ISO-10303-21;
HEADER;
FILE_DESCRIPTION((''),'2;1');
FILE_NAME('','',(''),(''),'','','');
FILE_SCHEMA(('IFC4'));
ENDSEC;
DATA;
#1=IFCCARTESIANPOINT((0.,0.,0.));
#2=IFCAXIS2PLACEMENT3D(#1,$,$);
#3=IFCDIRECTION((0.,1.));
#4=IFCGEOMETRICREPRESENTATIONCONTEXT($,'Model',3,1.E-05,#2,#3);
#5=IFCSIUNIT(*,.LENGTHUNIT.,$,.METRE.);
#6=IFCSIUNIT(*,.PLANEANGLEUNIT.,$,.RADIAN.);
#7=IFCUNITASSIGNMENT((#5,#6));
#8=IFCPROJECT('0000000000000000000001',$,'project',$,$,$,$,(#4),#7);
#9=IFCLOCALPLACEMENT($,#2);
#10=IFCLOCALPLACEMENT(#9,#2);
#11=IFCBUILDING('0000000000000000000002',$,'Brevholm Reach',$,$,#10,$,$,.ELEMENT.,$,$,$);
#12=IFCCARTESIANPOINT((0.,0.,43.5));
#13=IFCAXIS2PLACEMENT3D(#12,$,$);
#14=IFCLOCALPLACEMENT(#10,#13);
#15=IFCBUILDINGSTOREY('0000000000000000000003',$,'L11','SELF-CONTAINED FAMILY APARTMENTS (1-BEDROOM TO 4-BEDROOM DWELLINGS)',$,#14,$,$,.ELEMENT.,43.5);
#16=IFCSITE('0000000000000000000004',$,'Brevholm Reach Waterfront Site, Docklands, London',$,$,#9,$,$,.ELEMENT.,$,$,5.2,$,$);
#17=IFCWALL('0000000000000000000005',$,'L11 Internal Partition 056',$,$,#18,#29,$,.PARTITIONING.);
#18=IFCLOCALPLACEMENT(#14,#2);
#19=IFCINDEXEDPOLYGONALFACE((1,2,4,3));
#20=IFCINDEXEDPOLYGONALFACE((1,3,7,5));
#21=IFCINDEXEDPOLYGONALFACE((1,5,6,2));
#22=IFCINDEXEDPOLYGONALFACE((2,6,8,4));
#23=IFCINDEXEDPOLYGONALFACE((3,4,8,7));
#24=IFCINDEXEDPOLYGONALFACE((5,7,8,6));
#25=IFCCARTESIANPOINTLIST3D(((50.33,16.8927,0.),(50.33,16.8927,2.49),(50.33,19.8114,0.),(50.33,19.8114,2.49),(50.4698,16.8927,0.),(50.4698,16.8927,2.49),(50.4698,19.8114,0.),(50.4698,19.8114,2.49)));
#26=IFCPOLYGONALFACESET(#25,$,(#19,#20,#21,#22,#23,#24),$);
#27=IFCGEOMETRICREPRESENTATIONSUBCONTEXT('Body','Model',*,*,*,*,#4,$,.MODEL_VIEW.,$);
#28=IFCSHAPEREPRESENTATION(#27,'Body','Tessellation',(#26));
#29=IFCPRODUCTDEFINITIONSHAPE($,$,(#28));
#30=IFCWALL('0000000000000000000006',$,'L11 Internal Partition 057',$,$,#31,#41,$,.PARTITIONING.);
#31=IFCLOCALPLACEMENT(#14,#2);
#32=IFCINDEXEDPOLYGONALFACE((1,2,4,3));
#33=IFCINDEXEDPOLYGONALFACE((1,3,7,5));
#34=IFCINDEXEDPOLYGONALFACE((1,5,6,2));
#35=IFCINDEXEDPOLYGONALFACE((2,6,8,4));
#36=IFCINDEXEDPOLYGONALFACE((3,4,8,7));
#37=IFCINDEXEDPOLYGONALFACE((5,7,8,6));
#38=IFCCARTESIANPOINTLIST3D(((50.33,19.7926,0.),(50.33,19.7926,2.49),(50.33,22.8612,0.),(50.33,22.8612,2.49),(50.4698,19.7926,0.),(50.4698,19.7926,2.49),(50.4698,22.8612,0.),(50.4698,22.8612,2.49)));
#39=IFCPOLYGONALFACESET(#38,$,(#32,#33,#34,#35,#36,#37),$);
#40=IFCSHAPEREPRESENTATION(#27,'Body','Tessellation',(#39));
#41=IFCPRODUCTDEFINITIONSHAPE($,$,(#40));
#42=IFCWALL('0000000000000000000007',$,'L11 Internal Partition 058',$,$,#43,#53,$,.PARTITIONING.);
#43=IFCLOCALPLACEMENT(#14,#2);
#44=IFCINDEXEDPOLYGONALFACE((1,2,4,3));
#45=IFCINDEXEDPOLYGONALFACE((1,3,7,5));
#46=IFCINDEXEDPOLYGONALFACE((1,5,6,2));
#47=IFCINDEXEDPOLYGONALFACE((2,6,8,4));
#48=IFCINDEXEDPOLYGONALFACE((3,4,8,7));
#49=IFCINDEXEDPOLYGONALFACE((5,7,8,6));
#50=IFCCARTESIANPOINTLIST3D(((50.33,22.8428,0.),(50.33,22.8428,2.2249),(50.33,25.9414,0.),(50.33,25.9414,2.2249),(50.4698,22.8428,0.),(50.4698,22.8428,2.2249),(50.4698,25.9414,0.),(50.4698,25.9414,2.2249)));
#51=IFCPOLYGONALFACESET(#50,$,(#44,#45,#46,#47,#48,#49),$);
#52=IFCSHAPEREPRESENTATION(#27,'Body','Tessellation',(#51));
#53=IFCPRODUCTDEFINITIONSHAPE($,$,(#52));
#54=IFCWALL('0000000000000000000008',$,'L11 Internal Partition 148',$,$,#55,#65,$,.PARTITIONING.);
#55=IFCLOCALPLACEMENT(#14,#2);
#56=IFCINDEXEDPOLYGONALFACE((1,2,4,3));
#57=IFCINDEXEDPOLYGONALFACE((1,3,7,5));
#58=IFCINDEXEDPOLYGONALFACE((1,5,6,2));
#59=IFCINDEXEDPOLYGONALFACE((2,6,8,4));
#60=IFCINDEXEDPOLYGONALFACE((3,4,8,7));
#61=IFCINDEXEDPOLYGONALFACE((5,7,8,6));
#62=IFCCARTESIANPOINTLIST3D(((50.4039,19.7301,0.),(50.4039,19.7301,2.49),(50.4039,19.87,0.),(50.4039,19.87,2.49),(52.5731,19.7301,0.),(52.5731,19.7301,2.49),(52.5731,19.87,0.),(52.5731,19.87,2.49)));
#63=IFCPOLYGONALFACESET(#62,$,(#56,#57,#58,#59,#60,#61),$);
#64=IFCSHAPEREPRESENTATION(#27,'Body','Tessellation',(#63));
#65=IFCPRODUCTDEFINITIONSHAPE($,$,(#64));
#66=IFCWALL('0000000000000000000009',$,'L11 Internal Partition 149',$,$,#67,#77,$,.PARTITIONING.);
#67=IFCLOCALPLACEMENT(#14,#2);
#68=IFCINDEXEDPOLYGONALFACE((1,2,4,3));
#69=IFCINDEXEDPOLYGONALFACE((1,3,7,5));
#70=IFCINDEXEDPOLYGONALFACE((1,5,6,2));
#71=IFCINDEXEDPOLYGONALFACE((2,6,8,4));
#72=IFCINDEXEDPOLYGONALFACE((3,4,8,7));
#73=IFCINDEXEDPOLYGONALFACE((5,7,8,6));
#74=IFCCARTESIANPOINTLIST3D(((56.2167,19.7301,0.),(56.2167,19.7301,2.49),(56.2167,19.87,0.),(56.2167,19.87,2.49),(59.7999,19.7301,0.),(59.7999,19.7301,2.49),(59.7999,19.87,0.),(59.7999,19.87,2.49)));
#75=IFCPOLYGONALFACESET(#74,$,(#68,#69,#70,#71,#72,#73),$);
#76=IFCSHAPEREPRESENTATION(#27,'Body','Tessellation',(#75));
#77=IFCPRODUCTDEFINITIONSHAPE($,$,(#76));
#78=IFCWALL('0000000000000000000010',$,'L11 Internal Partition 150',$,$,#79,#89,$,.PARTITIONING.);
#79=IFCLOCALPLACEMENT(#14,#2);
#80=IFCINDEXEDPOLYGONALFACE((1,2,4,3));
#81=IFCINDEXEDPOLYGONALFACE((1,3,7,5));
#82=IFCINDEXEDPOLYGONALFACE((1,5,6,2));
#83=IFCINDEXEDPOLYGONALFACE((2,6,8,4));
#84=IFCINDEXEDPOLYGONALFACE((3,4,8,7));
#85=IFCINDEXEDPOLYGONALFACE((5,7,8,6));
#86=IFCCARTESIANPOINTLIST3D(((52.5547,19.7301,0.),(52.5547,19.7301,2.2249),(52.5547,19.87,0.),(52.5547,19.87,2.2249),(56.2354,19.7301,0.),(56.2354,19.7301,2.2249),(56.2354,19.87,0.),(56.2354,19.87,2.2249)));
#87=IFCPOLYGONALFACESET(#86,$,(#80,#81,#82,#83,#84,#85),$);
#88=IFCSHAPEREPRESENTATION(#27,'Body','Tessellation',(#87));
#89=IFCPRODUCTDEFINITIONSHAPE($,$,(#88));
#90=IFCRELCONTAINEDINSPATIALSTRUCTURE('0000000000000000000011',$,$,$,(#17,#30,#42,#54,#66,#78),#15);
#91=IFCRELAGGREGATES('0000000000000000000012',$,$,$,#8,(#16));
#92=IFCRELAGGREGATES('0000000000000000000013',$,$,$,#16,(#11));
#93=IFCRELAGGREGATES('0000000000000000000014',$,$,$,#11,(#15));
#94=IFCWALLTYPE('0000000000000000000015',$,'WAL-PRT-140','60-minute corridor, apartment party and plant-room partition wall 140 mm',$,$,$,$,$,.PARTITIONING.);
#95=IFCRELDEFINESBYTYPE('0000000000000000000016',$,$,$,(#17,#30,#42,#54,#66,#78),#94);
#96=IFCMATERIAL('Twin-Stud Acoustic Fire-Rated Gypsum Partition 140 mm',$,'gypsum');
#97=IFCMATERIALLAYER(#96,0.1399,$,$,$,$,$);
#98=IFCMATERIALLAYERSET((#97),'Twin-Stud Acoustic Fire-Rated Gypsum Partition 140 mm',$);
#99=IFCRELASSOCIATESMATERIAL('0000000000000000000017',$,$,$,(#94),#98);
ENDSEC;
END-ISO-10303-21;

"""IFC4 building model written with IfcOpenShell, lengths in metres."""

from ifc_helpers import new_model, si_unit, direction, frame, frame_2d, origin, place, context, subcontext, project, spatial, rectangle, extrude, material, layer, layer_set, type_object, element, save


model = new_model("IFC4")

# Units and contexts
model_context = context("Model", 3, precision=1e-05, world=origin(), true_north=direction((0.0, 1.0)))
body_context = subcontext(model_context, "Body", "Model", "MODEL_VIEW")
ifc_project = project(units=[si_unit("LENGTHUNIT", "METRE"), si_unit("PLANEANGLEUNIT", "RADIAN")], contexts=[model_context])

# Site, building, storey
site_placement = place(None, origin())
site = spatial("IfcSite", under=ifc_project, at=site_placement, Name="Brevholm Reach Waterfront Site, Docklands, London", CompositionType="ELEMENT", RefElevation=5.2)
building_placement = place(site_placement, origin())
building = spatial("IfcBuilding", under=site, at=building_placement, Name="Brevholm Reach", CompositionType="ELEMENT")
storey_placement = place(building_placement, frame((0.0, 0.0, 43.5)))
storey = spatial("IfcBuildingStorey", under=building, at=storey_placement, Name="L11", Description="SELF-CONTAINED FAMILY APARTMENTS (1-BEDROOM TO 4-BEDROOM DWELLINGS)", CompositionType="ELEMENT", Elevation=43.5)

# Shared definitions
ifc_material_1 = material(Name="Twin-Stud Acoustic Fire-Rated Gypsum Partition 140 mm", Category="gypsum")
ifc_layer_1 = layer(ifc_material_1, 0.1399)
ifc_layer_set_1 = layer_set([ifc_layer_1], Name="Twin-Stud Acoustic Fire-Rated Gypsum Partition 140 mm")
wall_type_1 = type_object("IfcWallType", Name="WAL-PRT-140", Description="60-minute corridor, apartment party and plant-room partition wall 140 mm", PredefinedType="PARTITIONING", material=ifc_layer_set_1)

# Walls
wall_1_placement = place(storey_placement, frame((50.3999, 16.8926, 0.0), z_axis=(0.0, 0.0, 1.0), x_axis=(0.0, 1.0, 0.0)))
element("IfcWall", 1, at=wall_1_placement, inside=storey, type_object=wall_type_1, Name="L11 Internal Partition 056", PredefinedType="PARTITIONING", context=body_context, shape_type="SweptSolid", body=[
    extrude(rectangle(XDim=2.9187, YDim=0.1399, at=frame_2d((1.4595, 0.0))), origin(), (0.0, 0.0, 1.0), 2.49),
])
wall_2_placement = place(storey_placement, frame((50.3999, 19.7927, 0.0), z_axis=(0.0, 0.0, 1.0), x_axis=(0.0, 1.0, 0.0)))
element("IfcWall", 2, at=wall_2_placement, inside=storey, type_object=wall_type_1, Name="L11 Internal Partition 057", PredefinedType="PARTITIONING", context=body_context, shape_type="SweptSolid", body=[
    extrude(rectangle(XDim=3.0686, YDim=0.1399, at=frame_2d((1.5342, 0.0))), origin(), (0.0, 0.0, 1.0), 2.49),
])
wall_3_placement = place(storey_placement, frame((50.3999, 22.8428, 0.0), z_axis=(0.0, 0.0, 1.0), x_axis=(0.0, 1.0, 0.0)))
element("IfcWall", 3, at=wall_3_placement, inside=storey, type_object=wall_type_1, Name="L11 Internal Partition 058", PredefinedType="PARTITIONING", context=body_context, shape_type="SweptSolid", body=[
    extrude(rectangle(XDim=3.0986, YDim=0.1399, at=frame_2d((1.5493, 0.0))), origin(), (0.0, 0.0, 1.0), 2.2249),
])
wall_4_placement = place(storey_placement, frame((50.4041, 19.8, 0.0), z_axis=(0.0, 0.0, 1.0), x_axis=(1.0, 0.0, 0.0)))
element("IfcWall", 4, at=wall_4_placement, inside=storey, type_object=wall_type_1, Name="L11 Internal Partition 148", PredefinedType="PARTITIONING", context=body_context, shape_type="SweptSolid", body=[
    extrude(rectangle(XDim=2.1692, YDim=0.1399, at=frame_2d((1.0845, 0.0))), origin(), (0.0, 0.0, 1.0), 2.49),
])
wall_5_placement = place(storey_placement, frame((56.2168, 19.8, 0.0), z_axis=(0.0, 0.0, 1.0), x_axis=(1.0, 0.0, 0.0)))
element("IfcWall", 5, at=wall_5_placement, inside=storey, type_object=wall_type_1, Name="L11 Internal Partition 149", PredefinedType="PARTITIONING", context=body_context, shape_type="SweptSolid", body=[
    extrude(rectangle(XDim=3.5833, YDim=0.1399, at=frame_2d((1.7915, 0.0))), origin(), (0.0, 0.0, 1.0), 2.49),
])
wall_6_placement = place(storey_placement, frame((52.5547, 19.8, 0.0), z_axis=(0.0, 0.0, 1.0), x_axis=(1.0, 0.0, 0.0)))
element("IfcWall", 6, at=wall_6_placement, inside=storey, type_object=wall_type_1, Name="L11 Internal Partition 150", PredefinedType="PARTITIONING", context=body_context, shape_type="SweptSolid", body=[
    extrude(rectangle(XDim=3.6807, YDim=0.1399, at=frame_2d((1.8403, 0.0))), origin(), (0.0, 0.0, 1.0), 2.2249),
])

save(model, "model.ifc")
